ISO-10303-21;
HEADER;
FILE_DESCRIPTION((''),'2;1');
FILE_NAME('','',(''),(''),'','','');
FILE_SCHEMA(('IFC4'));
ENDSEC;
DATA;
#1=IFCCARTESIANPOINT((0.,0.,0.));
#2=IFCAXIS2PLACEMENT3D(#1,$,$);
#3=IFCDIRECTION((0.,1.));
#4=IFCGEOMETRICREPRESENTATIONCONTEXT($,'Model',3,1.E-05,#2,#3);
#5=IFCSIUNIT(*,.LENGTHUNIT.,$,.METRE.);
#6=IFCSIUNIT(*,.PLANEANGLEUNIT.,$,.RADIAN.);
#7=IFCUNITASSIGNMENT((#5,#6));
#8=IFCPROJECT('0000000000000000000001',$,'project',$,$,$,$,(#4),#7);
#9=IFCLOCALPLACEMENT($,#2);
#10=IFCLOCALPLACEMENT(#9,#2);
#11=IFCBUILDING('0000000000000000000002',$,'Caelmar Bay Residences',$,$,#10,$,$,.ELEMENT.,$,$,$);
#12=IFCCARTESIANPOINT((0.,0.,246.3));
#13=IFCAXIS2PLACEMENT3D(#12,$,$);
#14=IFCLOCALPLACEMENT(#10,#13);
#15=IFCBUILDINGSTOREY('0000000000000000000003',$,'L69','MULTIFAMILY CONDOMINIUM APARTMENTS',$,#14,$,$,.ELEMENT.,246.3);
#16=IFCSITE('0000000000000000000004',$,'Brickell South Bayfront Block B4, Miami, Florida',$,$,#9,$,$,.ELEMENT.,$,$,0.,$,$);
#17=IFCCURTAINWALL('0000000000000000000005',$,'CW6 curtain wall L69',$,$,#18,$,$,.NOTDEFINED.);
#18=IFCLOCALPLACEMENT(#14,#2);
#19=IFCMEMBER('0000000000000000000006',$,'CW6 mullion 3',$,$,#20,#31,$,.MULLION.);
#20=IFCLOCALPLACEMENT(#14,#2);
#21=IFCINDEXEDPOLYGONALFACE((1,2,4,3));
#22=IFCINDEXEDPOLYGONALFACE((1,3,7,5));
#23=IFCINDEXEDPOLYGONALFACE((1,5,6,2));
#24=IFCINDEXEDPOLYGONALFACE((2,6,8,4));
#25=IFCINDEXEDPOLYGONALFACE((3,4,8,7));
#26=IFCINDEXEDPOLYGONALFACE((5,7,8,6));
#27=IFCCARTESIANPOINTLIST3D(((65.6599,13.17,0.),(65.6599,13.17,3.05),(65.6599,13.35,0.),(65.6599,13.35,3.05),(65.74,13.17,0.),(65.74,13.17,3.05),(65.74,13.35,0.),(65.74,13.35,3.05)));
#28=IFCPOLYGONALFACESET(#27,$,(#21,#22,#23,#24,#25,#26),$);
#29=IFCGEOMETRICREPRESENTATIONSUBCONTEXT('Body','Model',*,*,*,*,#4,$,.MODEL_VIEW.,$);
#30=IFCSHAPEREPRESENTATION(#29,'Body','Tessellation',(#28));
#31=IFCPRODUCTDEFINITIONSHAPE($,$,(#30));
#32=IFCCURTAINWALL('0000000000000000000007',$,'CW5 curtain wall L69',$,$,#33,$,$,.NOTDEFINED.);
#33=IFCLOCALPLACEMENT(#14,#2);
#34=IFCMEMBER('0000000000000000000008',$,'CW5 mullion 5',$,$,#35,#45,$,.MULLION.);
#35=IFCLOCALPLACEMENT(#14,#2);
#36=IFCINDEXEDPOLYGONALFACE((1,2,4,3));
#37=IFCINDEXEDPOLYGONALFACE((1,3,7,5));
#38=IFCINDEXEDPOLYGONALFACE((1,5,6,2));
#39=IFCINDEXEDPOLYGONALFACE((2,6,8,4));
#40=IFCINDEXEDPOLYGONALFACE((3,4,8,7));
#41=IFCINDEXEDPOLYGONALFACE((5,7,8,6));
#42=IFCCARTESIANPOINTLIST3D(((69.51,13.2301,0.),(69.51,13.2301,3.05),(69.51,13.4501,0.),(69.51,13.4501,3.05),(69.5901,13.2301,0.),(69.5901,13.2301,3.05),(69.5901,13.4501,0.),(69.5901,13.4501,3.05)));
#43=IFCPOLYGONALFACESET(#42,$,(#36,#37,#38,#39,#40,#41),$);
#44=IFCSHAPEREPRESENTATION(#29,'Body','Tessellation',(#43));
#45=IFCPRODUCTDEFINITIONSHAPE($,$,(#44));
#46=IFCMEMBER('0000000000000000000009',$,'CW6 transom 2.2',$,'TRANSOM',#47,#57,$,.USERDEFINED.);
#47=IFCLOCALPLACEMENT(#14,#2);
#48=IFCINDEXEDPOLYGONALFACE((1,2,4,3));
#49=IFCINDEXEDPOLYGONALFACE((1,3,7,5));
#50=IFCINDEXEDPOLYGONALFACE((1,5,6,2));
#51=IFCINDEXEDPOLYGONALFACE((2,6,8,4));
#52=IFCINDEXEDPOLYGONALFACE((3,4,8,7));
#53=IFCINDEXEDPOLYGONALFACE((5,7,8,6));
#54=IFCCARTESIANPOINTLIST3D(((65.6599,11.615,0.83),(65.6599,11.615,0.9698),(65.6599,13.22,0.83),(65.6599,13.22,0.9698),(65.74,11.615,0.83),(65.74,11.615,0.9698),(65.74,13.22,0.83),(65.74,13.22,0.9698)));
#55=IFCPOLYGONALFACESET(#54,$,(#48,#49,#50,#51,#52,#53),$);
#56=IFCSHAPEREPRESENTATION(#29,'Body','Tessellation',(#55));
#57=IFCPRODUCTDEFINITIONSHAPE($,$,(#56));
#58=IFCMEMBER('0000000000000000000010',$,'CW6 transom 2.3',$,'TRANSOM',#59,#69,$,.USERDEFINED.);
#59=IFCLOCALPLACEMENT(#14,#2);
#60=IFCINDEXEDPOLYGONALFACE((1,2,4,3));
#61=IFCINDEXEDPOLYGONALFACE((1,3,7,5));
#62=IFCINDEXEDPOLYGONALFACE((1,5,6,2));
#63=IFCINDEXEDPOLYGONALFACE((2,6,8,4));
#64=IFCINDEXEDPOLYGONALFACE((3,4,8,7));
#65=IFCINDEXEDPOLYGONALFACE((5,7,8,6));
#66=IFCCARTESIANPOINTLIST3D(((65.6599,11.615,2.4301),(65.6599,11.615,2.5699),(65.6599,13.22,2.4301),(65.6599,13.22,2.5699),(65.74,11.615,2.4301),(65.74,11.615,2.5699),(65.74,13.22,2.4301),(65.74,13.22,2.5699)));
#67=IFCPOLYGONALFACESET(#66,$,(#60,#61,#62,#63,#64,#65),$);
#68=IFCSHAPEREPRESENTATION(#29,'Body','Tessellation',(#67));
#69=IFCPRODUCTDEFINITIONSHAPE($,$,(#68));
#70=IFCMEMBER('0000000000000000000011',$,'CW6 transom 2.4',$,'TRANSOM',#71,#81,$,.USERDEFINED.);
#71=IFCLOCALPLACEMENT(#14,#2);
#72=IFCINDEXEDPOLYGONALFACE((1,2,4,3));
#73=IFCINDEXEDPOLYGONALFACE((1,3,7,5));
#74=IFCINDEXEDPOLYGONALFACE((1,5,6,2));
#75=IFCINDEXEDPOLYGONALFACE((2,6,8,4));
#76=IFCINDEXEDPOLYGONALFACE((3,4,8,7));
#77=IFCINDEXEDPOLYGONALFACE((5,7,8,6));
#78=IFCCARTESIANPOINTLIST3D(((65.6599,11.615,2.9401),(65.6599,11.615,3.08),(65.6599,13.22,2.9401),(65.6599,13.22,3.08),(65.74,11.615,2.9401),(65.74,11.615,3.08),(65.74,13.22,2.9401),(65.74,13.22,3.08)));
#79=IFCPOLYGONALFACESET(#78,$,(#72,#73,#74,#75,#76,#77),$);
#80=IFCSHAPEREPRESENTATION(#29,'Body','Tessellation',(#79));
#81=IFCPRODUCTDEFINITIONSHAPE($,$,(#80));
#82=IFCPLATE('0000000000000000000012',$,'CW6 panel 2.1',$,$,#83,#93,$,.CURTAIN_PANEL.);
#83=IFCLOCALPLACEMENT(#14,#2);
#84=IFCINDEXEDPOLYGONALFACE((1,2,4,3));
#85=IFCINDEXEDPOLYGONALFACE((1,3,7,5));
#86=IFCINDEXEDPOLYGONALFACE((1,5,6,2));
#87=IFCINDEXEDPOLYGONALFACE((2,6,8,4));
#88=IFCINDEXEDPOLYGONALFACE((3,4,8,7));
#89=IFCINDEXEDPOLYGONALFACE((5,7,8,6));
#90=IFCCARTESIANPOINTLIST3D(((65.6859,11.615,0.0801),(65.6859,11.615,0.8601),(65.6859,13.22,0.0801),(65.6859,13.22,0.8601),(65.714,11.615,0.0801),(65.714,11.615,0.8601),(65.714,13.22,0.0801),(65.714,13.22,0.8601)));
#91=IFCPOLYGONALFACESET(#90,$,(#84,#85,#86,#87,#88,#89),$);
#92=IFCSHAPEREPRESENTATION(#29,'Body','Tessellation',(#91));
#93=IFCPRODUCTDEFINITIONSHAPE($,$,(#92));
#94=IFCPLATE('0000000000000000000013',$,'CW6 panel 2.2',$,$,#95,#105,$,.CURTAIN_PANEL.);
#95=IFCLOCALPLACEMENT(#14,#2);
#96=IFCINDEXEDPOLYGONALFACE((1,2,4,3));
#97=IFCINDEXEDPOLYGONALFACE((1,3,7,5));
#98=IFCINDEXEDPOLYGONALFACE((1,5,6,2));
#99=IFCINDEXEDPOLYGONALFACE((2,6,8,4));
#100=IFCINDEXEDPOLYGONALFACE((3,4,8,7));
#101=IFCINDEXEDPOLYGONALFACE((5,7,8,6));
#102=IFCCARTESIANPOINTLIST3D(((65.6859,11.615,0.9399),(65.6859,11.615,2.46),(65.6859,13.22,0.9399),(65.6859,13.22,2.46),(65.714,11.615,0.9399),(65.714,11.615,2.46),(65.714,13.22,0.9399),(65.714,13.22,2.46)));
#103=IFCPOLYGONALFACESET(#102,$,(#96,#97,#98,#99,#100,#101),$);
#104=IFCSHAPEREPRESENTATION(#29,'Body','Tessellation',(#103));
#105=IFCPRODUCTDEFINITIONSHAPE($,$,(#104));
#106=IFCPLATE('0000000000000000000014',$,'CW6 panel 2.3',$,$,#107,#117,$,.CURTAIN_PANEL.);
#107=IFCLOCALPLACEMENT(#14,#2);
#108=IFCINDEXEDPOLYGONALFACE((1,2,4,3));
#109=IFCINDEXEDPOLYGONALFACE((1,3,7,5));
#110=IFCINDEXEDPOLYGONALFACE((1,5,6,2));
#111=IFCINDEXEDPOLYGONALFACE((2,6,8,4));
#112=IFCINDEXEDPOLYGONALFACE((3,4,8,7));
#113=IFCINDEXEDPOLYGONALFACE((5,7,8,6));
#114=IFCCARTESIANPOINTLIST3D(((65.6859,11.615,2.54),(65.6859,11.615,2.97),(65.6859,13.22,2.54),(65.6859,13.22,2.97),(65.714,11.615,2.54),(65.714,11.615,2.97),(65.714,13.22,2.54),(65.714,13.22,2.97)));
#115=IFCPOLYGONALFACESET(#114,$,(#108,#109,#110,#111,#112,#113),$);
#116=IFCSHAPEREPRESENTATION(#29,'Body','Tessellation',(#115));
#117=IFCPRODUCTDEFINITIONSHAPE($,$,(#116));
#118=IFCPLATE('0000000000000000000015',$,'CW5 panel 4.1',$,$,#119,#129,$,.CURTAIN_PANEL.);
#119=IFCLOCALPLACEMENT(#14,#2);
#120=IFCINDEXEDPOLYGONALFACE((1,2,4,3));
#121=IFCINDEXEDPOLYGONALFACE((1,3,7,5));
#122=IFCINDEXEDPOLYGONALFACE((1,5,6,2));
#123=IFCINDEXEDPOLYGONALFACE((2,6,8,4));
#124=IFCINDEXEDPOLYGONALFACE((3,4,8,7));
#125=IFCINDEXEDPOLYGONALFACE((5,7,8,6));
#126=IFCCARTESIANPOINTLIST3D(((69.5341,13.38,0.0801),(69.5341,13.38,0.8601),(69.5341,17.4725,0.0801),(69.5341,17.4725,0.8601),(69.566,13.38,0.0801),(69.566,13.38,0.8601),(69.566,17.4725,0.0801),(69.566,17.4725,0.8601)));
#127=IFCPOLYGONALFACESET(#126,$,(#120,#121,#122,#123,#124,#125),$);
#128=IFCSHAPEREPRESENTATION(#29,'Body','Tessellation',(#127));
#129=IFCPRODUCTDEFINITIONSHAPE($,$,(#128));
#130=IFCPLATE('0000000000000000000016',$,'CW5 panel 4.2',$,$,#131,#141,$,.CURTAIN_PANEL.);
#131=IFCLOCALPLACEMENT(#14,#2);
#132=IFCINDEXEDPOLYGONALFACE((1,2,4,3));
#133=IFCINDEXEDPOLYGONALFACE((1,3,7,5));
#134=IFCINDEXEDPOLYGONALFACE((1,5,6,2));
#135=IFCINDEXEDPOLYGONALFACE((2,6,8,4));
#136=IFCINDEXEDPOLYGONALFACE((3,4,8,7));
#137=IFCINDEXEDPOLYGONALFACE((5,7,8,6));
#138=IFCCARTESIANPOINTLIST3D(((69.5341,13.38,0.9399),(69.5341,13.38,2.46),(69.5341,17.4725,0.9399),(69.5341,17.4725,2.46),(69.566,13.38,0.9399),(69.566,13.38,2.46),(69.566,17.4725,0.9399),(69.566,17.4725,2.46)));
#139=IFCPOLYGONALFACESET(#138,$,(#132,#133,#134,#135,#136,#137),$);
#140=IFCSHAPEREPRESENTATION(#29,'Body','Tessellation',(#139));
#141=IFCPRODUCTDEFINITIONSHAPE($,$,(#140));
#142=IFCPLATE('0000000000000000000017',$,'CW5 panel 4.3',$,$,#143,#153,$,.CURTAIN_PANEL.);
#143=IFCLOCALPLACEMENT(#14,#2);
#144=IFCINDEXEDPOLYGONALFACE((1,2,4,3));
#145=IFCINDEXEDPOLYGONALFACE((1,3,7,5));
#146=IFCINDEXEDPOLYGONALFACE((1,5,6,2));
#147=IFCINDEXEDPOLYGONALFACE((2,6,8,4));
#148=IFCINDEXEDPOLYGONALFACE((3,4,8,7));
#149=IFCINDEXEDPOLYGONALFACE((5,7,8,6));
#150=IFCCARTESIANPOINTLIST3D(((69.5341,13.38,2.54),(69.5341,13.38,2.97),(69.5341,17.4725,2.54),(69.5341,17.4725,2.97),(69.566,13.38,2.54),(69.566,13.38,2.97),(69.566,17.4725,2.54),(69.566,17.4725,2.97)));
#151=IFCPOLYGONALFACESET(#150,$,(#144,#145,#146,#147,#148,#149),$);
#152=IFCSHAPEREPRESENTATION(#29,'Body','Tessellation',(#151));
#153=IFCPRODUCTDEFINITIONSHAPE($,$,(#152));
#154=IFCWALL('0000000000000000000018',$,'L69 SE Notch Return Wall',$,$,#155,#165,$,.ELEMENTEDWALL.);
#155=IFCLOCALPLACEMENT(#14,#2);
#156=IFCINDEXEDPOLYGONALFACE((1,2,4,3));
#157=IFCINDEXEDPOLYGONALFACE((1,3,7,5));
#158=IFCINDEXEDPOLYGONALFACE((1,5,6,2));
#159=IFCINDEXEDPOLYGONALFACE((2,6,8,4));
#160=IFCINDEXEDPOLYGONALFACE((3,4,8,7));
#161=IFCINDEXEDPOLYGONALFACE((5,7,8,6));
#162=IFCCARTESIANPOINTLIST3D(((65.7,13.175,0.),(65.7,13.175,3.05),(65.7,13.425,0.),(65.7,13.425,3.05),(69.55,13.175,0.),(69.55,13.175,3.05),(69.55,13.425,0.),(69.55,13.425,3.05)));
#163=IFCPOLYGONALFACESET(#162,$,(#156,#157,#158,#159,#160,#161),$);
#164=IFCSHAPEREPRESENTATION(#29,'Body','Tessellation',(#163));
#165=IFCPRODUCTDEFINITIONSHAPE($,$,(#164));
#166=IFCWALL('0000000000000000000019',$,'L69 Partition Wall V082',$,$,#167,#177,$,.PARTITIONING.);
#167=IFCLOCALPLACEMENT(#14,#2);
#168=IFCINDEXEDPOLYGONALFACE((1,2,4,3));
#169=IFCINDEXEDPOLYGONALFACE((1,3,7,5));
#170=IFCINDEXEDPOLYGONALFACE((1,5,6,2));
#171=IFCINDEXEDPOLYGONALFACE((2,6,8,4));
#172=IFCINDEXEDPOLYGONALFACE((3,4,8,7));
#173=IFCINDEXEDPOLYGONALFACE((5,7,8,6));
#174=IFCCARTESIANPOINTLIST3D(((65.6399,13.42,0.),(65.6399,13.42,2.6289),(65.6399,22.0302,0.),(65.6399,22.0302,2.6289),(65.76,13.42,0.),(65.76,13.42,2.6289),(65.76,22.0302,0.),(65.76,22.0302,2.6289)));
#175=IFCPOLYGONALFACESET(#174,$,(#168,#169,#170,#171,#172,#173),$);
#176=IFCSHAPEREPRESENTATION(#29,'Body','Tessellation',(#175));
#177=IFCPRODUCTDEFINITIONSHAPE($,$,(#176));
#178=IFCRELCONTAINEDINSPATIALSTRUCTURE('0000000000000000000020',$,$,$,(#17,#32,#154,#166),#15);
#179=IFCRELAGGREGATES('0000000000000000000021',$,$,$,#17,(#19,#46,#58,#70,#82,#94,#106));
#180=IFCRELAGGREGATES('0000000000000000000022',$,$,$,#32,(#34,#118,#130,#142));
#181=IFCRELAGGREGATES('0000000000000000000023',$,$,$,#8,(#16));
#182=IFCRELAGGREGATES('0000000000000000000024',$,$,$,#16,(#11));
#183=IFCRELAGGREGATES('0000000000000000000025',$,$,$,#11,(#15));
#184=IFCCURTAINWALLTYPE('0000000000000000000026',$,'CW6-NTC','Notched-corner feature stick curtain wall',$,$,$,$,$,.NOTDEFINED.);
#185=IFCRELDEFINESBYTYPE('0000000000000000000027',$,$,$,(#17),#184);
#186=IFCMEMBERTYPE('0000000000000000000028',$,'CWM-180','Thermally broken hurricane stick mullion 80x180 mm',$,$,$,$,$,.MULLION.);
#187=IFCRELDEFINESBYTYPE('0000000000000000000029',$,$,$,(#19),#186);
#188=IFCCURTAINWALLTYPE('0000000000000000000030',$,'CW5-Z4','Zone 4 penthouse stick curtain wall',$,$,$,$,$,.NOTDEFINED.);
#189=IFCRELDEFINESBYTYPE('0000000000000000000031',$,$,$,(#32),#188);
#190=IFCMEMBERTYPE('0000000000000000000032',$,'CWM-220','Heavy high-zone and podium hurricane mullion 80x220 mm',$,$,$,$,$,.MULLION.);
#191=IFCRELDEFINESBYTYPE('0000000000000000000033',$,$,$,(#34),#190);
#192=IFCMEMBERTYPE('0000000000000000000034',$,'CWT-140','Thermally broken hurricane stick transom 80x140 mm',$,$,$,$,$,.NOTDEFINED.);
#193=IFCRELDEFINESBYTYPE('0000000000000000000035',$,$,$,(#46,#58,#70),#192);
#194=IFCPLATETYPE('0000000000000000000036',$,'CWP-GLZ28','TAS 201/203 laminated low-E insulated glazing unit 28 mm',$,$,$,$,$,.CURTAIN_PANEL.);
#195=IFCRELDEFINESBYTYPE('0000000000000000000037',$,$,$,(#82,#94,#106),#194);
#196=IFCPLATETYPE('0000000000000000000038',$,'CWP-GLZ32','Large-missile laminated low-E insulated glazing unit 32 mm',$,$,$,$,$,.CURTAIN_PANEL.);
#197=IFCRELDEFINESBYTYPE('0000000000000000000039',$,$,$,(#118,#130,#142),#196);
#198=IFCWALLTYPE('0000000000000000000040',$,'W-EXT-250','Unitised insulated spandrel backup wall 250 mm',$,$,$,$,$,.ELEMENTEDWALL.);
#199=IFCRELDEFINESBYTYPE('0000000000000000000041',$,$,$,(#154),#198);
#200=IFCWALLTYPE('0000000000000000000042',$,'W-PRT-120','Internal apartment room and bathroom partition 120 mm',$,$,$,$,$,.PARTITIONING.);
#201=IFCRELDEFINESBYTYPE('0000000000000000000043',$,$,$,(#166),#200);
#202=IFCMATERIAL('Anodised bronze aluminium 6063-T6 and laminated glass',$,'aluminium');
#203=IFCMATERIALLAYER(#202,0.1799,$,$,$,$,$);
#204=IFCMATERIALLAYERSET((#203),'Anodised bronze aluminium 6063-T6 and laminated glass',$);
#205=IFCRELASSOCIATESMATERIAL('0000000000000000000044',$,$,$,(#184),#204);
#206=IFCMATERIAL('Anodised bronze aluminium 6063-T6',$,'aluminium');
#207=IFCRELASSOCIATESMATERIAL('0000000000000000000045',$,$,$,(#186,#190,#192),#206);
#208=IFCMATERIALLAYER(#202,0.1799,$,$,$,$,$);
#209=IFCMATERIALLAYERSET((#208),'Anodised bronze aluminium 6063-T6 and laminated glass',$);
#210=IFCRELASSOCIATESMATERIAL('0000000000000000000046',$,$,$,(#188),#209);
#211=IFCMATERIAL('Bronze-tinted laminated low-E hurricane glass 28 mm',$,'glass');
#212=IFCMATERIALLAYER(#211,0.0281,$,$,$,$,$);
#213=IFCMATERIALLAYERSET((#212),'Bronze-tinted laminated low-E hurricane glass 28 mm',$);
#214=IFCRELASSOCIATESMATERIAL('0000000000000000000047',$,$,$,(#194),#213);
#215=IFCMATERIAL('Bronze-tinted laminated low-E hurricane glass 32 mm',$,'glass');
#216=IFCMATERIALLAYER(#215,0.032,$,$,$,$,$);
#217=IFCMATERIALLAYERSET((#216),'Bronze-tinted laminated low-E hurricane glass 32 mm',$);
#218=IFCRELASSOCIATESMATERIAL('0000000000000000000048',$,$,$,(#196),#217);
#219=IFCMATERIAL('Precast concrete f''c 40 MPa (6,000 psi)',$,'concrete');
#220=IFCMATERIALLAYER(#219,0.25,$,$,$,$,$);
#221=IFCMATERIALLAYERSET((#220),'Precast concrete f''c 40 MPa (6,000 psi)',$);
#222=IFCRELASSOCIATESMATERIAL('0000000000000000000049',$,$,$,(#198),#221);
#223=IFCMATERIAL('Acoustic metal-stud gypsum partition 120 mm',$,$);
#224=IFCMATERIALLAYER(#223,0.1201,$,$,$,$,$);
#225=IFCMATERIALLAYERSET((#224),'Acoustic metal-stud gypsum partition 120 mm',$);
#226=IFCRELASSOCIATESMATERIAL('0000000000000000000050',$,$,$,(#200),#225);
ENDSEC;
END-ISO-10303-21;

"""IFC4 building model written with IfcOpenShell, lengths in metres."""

from ifc_helpers import new_model, si_unit, direction, frame, frame_2d, origin, origin_2d, place, context, subcontext, project, spatial, rectangle, extrude, material, layer, layer_set, material_profile, profile_set, type_object, element, aggregate, save


model = new_model("IFC4")

# Units and contexts
model_context = context("Model", 3, precision=1e-05, world=origin(), true_north=direction((0.0, 1.0)))
body_context = subcontext(model_context, "Body", "Model", "MODEL_VIEW")
ifc_project = project(units=[si_unit("LENGTHUNIT", "METRE"), si_unit("PLANEANGLEUNIT", "RADIAN")], contexts=[model_context])

# Site, building, storey
site_placement = place(None, origin())
site = spatial("IfcSite", under=ifc_project, at=site_placement, Name="Brickell South Bayfront Block B4, Miami, Florida", CompositionType="ELEMENT", RefElevation=0.0)
building_placement = place(site_placement, origin())
building = spatial("IfcBuilding", under=site, at=building_placement, Name="Caelmar Bay Residences", CompositionType="ELEMENT")
storey_placement = place(building_placement, frame((0.0, 0.0, 246.3)))
storey = spatial("IfcBuildingStorey", under=building, at=storey_placement, Name="L69", Description="MULTIFAMILY CONDOMINIUM APARTMENTS", CompositionType="ELEMENT", Elevation=246.3)

# Curtain walls, members
ifc_material_1 = material(Name="Anodised bronze aluminium 6063-T6 and laminated glass", Category="aluminium")
ifc_layer_1 = layer(ifc_material_1, 0.1799)
ifc_layer_set_1 = layer_set([ifc_layer_1], Name="Anodised bronze aluminium 6063-T6 and laminated glass")
curtain_wall_type_1 = type_object("IfcCurtainWallType", Name="CW6-NTC", Description="Notched-corner feature stick curtain wall", PredefinedType="NOTDEFINED", material=ifc_layer_set_1)
curtain_wall_1_placement = place(storey_placement, origin())
curtain_wall_1 = element("IfcCurtainWall", 1, at=curtain_wall_1_placement, inside=storey, type_object=curtain_wall_type_1, Name="CW6 curtain wall L69", PredefinedType="NOTDEFINED")
ifc_material_2 = material(Name="Anodised bronze aluminium 6063-T6", Category="aluminium")
ifc_material_profile_1 = material_profile(ifc_material_2, rectangle(XDim=0.0801, YDim=0.1799, at=origin_2d()), Name="CWM-80X180")
ifc_profile_set_1 = profile_set([ifc_material_profile_1], Name="Anodised bronze aluminium 6063-T6")
member_type_1 = type_object("IfcMemberType", Name="CWM-180", Description="Thermally broken hurricane stick mullion 80x180 mm", PredefinedType="MULLION", material=ifc_profile_set_1)
member_1_placement = place(storey_placement, frame((65.7, 13.26, 0.0), z_axis=(0.0, 0.0, 1.0), x_axis=(-1.0, 0.0, 0.0)))
member_1 = element("IfcMember", 2, at=member_1_placement, type_object=member_type_1, Name="CW6 mullion 3", PredefinedType="MULLION", context=body_context, shape_type="SweptSolid", body=[
    extrude(rectangle(XDim=0.0801, YDim=0.1799, at=origin_2d()), origin(), (0.0, 0.0, 1.0), 3.05),
])
ifc_layer_2 = layer(ifc_material_1, 0.1799)
ifc_layer_set_2 = layer_set([ifc_layer_2], Name="Anodised bronze aluminium 6063-T6 and laminated glass")
curtain_wall_type_2 = type_object("IfcCurtainWallType", Name="CW5-Z4", Description="Zone 4 penthouse stick curtain wall", PredefinedType="NOTDEFINED", material=ifc_layer_set_2)
curtain_wall_2_placement = place(storey_placement, origin())
curtain_wall_2 = element("IfcCurtainWall", 3, at=curtain_wall_2_placement, inside=storey, type_object=curtain_wall_type_2, Name="CW5 curtain wall L69", PredefinedType="NOTDEFINED")
ifc_material_profile_2 = material_profile(ifc_material_2, rectangle(XDim=0.0801, YDim=0.22, at=origin_2d()), Name="CWM-80X220")
ifc_profile_set_2 = profile_set([ifc_material_profile_2], Name="Anodised bronze aluminium 6063-T6")
member_type_2 = type_object("IfcMemberType", Name="CWM-220", Description="Heavy high-zone and podium hurricane mullion 80x220 mm", PredefinedType="MULLION", material=ifc_profile_set_2)
member_2_placement = place(storey_placement, frame((69.55, 13.3401, 0.0), z_axis=(0.0, 0.0, 1.0), x_axis=(1.0, 0.0, 0.0)))
member_2 = element("IfcMember", 4, at=member_2_placement, type_object=member_type_2, Name="CW5 mullion 5", PredefinedType="MULLION", context=body_context, shape_type="SweptSolid", body=[
    extrude(rectangle(XDim=0.0801, YDim=0.22, at=origin_2d()), origin(), (0.0, 0.0, 1.0), 3.05),
])

# Members
ifc_material_profile_3 = material_profile(ifc_material_2, rectangle(XDim=0.0801, YDim=0.1399, at=origin_2d()), Name="CWT-80X140")
ifc_profile_set_3 = profile_set([ifc_material_profile_3], Name="Anodised bronze aluminium 6063-T6")
member_type_3 = type_object("IfcMemberType", Name="CWT-140", Description="Thermally broken hurricane stick transom 80x140 mm", PredefinedType="NOTDEFINED", material=ifc_profile_set_3)
member_3_placement = place(storey_placement, frame((65.7, 11.615, 0.8999), z_axis=(0.0, 1.0, 0.0), x_axis=(-1.0, 0.0, 0.0)))
member_3 = element("IfcMember", 5, at=member_3_placement, type_object=member_type_3, Name="CW6 transom 2.2", ObjectType="TRANSOM", PredefinedType="USERDEFINED", context=body_context, shape_type="SweptSolid", body=[
    extrude(rectangle(XDim=0.0801, YDim=0.1399, at=origin_2d()), origin(), (0.0, 0.0, 1.0), 1.605),
])
member_4_placement = place(storey_placement, frame((65.7, 11.615, 2.5), z_axis=(0.0, 1.0, 0.0), x_axis=(-1.0, 0.0, 0.0)))
member_4 = element("IfcMember", 6, at=member_4_placement, type_object=member_type_3, Name="CW6 transom 2.3", ObjectType="TRANSOM", PredefinedType="USERDEFINED", context=body_context, shape_type="SweptSolid", body=[
    extrude(rectangle(XDim=0.0801, YDim=0.1399, at=origin_2d()), origin(), (0.0, 0.0, 1.0), 1.605),
])
member_5_placement = place(storey_placement, frame((65.7, 11.615, 3.01), z_axis=(0.0, 1.0, 0.0), x_axis=(-1.0, 0.0, 0.0)))
member_5 = element("IfcMember", 7, at=member_5_placement, type_object=member_type_3, Name="CW6 transom 2.4", ObjectType="TRANSOM", PredefinedType="USERDEFINED", context=body_context, shape_type="SweptSolid", body=[
    extrude(rectangle(XDim=0.0801, YDim=0.1399, at=origin_2d()), origin(), (0.0, 0.0, 1.0), 1.605),
])

# Plates
ifc_material_3 = material(Name="Bronze-tinted laminated low-E hurricane glass 28 mm", Category="glass")
ifc_layer_3 = layer(ifc_material_3, 0.0281)
ifc_layer_set_3 = layer_set([ifc_layer_3], Name="Bronze-tinted laminated low-E hurricane glass 28 mm")
plate_type_1 = type_object("IfcPlateType", Name="CWP-GLZ28", Description="TAS 201/203 laminated low-E insulated glazing unit 28 mm", PredefinedType="CURTAIN_PANEL", material=ifc_layer_set_3)
plate_1_placement = place(storey_placement, frame((65.7, 12.4175, 0.0801), z_axis=(0.0, 0.0, 1.0), x_axis=(0.0, 1.0, 0.0)))
plate_1 = element("IfcPlate", 8, at=plate_1_placement, type_object=plate_type_1, Name="CW6 panel 2.1", PredefinedType="CURTAIN_PANEL", context=body_context, shape_type="SweptSolid", body=[
    extrude(rectangle(XDim=1.605, YDim=0.0281, at=origin_2d()), origin(), (0.0, 0.0, 1.0), 0.78),
])
plate_2_placement = place(storey_placement, frame((65.7, 12.4175, 0.9399), z_axis=(0.0, 0.0, 1.0), x_axis=(0.0, 1.0, 0.0)))
plate_2 = element("IfcPlate", 9, at=plate_2_placement, type_object=plate_type_1, Name="CW6 panel 2.2", PredefinedType="CURTAIN_PANEL", context=body_context, shape_type="SweptSolid", body=[
    extrude(rectangle(XDim=1.605, YDim=0.0281, at=origin_2d()), origin(), (0.0, 0.0, 1.0), 1.52),
])
plate_3_placement = place(storey_placement, frame((65.7, 12.4175, 2.54), z_axis=(0.0, 0.0, 1.0), x_axis=(0.0, 1.0, 0.0)))
plate_3 = element("IfcPlate", 10, at=plate_3_placement, type_object=plate_type_1, Name="CW6 panel 2.3", PredefinedType="CURTAIN_PANEL", context=body_context, shape_type="SweptSolid", body=[
    extrude(rectangle(XDim=1.605, YDim=0.0281, at=origin_2d()), origin(), (0.0, 0.0, 1.0), 0.4299),
])
aggregate(curtain_wall_1, [member_1, member_3, member_4, member_5, plate_1, plate_2, plate_3])
ifc_material_4 = material(Name="Bronze-tinted laminated low-E hurricane glass 32 mm", Category="glass")
ifc_layer_4 = layer(ifc_material_4, 0.032)
ifc_layer_set_4 = layer_set([ifc_layer_4], Name="Bronze-tinted laminated low-E hurricane glass 32 mm")
plate_type_2 = type_object("IfcPlateType", Name="CWP-GLZ32", Description="Large-missile laminated low-E insulated glazing unit 32 mm", PredefinedType="CURTAIN_PANEL", material=ifc_layer_set_4)
plate_4_placement = place(storey_placement, frame((69.55, 15.4263, 0.0801), z_axis=(0.0, 0.0, 1.0), x_axis=(0.0, -1.0, 0.0)))
plate_4 = element("IfcPlate", 11, at=plate_4_placement, type_object=plate_type_2, Name="CW5 panel 4.1", PredefinedType="CURTAIN_PANEL", context=body_context, shape_type="SweptSolid", body=[
    extrude(rectangle(XDim=4.0925, YDim=0.032, at=origin_2d()), origin(), (0.0, 0.0, 1.0), 0.78),
])
plate_5_placement = place(storey_placement, frame((69.55, 15.4263, 0.9399), z_axis=(0.0, 0.0, 1.0), x_axis=(0.0, -1.0, 0.0)))
plate_5 = element("IfcPlate", 12, at=plate_5_placement, type_object=plate_type_2, Name="CW5 panel 4.2", PredefinedType="CURTAIN_PANEL", context=body_context, shape_type="SweptSolid", body=[
    extrude(rectangle(XDim=4.0925, YDim=0.032, at=origin_2d()), origin(), (0.0, 0.0, 1.0), 1.52),
])
plate_6_placement = place(storey_placement, frame((69.55, 15.4263, 2.54), z_axis=(0.0, 0.0, 1.0), x_axis=(0.0, -1.0, 0.0)))
plate_6 = element("IfcPlate", 13, at=plate_6_placement, type_object=plate_type_2, Name="CW5 panel 4.3", PredefinedType="CURTAIN_PANEL", context=body_context, shape_type="SweptSolid", body=[
    extrude(rectangle(XDim=4.0925, YDim=0.032, at=origin_2d()), origin(), (0.0, 0.0, 1.0), 0.4299),
])
aggregate(curtain_wall_2, [member_2, plate_4, plate_5, plate_6])

# Walls
ifc_material_5 = material(Name="Precast concrete f'c 40 MPa (6,000 psi)", Category="concrete")
ifc_layer_5 = layer(ifc_material_5, 0.25)
ifc_layer_set_5 = layer_set([ifc_layer_5], Name="Precast concrete f'c 40 MPa (6,000 psi)")
wall_type_1 = type_object("IfcWallType", Name="W-EXT-250", Description="Unitised insulated spandrel backup wall 250 mm", PredefinedType="ELEMENTEDWALL", material=ifc_layer_set_5)
wall_1_placement = place(storey_placement, frame((65.7, 13.3, 0.0), z_axis=(0.0, 0.0, 1.0), x_axis=(1.0, 0.0, 0.0)))
element("IfcWall", 14, at=wall_1_placement, inside=storey, type_object=wall_type_1, Name="L69 SE Notch Return Wall", PredefinedType="ELEMENTEDWALL", context=body_context, shape_type="SweptSolid", body=[
    extrude(rectangle(XDim=3.8501, YDim=0.25, at=frame_2d((1.925, 0.0))), origin(), (0.0, 0.0, 1.0), 3.05),
])
ifc_material_6 = material(Name="Acoustic metal-stud gypsum partition 120 mm")
ifc_layer_6 = layer(ifc_material_6, 0.1201)
ifc_layer_set_6 = layer_set([ifc_layer_6], Name="Acoustic metal-stud gypsum partition 120 mm")
wall_type_2 = type_object("IfcWallType", Name="W-PRT-120", Description="Internal apartment room and bathroom partition 120 mm", PredefinedType="PARTITIONING", material=ifc_layer_set_6)
wall_2_placement = place(storey_placement, frame((65.7, 13.4199, 0.0), z_axis=(0.0, 0.0, 1.0), x_axis=(0.0, 1.0, 0.0)))
element("IfcWall", 15, at=wall_2_placement, inside=storey, type_object=wall_type_2, Name="L69 Partition Wall V082", PredefinedType="PARTITIONING", context=body_context, shape_type="SweptSolid", body=[
    extrude(rectangle(XDim=8.6101, YDim=0.1201, at=frame_2d((4.3052, 0.0))), origin(), (0.0, 0.0, 1.0), 2.6289),
])

save(model, "model.ifc")
